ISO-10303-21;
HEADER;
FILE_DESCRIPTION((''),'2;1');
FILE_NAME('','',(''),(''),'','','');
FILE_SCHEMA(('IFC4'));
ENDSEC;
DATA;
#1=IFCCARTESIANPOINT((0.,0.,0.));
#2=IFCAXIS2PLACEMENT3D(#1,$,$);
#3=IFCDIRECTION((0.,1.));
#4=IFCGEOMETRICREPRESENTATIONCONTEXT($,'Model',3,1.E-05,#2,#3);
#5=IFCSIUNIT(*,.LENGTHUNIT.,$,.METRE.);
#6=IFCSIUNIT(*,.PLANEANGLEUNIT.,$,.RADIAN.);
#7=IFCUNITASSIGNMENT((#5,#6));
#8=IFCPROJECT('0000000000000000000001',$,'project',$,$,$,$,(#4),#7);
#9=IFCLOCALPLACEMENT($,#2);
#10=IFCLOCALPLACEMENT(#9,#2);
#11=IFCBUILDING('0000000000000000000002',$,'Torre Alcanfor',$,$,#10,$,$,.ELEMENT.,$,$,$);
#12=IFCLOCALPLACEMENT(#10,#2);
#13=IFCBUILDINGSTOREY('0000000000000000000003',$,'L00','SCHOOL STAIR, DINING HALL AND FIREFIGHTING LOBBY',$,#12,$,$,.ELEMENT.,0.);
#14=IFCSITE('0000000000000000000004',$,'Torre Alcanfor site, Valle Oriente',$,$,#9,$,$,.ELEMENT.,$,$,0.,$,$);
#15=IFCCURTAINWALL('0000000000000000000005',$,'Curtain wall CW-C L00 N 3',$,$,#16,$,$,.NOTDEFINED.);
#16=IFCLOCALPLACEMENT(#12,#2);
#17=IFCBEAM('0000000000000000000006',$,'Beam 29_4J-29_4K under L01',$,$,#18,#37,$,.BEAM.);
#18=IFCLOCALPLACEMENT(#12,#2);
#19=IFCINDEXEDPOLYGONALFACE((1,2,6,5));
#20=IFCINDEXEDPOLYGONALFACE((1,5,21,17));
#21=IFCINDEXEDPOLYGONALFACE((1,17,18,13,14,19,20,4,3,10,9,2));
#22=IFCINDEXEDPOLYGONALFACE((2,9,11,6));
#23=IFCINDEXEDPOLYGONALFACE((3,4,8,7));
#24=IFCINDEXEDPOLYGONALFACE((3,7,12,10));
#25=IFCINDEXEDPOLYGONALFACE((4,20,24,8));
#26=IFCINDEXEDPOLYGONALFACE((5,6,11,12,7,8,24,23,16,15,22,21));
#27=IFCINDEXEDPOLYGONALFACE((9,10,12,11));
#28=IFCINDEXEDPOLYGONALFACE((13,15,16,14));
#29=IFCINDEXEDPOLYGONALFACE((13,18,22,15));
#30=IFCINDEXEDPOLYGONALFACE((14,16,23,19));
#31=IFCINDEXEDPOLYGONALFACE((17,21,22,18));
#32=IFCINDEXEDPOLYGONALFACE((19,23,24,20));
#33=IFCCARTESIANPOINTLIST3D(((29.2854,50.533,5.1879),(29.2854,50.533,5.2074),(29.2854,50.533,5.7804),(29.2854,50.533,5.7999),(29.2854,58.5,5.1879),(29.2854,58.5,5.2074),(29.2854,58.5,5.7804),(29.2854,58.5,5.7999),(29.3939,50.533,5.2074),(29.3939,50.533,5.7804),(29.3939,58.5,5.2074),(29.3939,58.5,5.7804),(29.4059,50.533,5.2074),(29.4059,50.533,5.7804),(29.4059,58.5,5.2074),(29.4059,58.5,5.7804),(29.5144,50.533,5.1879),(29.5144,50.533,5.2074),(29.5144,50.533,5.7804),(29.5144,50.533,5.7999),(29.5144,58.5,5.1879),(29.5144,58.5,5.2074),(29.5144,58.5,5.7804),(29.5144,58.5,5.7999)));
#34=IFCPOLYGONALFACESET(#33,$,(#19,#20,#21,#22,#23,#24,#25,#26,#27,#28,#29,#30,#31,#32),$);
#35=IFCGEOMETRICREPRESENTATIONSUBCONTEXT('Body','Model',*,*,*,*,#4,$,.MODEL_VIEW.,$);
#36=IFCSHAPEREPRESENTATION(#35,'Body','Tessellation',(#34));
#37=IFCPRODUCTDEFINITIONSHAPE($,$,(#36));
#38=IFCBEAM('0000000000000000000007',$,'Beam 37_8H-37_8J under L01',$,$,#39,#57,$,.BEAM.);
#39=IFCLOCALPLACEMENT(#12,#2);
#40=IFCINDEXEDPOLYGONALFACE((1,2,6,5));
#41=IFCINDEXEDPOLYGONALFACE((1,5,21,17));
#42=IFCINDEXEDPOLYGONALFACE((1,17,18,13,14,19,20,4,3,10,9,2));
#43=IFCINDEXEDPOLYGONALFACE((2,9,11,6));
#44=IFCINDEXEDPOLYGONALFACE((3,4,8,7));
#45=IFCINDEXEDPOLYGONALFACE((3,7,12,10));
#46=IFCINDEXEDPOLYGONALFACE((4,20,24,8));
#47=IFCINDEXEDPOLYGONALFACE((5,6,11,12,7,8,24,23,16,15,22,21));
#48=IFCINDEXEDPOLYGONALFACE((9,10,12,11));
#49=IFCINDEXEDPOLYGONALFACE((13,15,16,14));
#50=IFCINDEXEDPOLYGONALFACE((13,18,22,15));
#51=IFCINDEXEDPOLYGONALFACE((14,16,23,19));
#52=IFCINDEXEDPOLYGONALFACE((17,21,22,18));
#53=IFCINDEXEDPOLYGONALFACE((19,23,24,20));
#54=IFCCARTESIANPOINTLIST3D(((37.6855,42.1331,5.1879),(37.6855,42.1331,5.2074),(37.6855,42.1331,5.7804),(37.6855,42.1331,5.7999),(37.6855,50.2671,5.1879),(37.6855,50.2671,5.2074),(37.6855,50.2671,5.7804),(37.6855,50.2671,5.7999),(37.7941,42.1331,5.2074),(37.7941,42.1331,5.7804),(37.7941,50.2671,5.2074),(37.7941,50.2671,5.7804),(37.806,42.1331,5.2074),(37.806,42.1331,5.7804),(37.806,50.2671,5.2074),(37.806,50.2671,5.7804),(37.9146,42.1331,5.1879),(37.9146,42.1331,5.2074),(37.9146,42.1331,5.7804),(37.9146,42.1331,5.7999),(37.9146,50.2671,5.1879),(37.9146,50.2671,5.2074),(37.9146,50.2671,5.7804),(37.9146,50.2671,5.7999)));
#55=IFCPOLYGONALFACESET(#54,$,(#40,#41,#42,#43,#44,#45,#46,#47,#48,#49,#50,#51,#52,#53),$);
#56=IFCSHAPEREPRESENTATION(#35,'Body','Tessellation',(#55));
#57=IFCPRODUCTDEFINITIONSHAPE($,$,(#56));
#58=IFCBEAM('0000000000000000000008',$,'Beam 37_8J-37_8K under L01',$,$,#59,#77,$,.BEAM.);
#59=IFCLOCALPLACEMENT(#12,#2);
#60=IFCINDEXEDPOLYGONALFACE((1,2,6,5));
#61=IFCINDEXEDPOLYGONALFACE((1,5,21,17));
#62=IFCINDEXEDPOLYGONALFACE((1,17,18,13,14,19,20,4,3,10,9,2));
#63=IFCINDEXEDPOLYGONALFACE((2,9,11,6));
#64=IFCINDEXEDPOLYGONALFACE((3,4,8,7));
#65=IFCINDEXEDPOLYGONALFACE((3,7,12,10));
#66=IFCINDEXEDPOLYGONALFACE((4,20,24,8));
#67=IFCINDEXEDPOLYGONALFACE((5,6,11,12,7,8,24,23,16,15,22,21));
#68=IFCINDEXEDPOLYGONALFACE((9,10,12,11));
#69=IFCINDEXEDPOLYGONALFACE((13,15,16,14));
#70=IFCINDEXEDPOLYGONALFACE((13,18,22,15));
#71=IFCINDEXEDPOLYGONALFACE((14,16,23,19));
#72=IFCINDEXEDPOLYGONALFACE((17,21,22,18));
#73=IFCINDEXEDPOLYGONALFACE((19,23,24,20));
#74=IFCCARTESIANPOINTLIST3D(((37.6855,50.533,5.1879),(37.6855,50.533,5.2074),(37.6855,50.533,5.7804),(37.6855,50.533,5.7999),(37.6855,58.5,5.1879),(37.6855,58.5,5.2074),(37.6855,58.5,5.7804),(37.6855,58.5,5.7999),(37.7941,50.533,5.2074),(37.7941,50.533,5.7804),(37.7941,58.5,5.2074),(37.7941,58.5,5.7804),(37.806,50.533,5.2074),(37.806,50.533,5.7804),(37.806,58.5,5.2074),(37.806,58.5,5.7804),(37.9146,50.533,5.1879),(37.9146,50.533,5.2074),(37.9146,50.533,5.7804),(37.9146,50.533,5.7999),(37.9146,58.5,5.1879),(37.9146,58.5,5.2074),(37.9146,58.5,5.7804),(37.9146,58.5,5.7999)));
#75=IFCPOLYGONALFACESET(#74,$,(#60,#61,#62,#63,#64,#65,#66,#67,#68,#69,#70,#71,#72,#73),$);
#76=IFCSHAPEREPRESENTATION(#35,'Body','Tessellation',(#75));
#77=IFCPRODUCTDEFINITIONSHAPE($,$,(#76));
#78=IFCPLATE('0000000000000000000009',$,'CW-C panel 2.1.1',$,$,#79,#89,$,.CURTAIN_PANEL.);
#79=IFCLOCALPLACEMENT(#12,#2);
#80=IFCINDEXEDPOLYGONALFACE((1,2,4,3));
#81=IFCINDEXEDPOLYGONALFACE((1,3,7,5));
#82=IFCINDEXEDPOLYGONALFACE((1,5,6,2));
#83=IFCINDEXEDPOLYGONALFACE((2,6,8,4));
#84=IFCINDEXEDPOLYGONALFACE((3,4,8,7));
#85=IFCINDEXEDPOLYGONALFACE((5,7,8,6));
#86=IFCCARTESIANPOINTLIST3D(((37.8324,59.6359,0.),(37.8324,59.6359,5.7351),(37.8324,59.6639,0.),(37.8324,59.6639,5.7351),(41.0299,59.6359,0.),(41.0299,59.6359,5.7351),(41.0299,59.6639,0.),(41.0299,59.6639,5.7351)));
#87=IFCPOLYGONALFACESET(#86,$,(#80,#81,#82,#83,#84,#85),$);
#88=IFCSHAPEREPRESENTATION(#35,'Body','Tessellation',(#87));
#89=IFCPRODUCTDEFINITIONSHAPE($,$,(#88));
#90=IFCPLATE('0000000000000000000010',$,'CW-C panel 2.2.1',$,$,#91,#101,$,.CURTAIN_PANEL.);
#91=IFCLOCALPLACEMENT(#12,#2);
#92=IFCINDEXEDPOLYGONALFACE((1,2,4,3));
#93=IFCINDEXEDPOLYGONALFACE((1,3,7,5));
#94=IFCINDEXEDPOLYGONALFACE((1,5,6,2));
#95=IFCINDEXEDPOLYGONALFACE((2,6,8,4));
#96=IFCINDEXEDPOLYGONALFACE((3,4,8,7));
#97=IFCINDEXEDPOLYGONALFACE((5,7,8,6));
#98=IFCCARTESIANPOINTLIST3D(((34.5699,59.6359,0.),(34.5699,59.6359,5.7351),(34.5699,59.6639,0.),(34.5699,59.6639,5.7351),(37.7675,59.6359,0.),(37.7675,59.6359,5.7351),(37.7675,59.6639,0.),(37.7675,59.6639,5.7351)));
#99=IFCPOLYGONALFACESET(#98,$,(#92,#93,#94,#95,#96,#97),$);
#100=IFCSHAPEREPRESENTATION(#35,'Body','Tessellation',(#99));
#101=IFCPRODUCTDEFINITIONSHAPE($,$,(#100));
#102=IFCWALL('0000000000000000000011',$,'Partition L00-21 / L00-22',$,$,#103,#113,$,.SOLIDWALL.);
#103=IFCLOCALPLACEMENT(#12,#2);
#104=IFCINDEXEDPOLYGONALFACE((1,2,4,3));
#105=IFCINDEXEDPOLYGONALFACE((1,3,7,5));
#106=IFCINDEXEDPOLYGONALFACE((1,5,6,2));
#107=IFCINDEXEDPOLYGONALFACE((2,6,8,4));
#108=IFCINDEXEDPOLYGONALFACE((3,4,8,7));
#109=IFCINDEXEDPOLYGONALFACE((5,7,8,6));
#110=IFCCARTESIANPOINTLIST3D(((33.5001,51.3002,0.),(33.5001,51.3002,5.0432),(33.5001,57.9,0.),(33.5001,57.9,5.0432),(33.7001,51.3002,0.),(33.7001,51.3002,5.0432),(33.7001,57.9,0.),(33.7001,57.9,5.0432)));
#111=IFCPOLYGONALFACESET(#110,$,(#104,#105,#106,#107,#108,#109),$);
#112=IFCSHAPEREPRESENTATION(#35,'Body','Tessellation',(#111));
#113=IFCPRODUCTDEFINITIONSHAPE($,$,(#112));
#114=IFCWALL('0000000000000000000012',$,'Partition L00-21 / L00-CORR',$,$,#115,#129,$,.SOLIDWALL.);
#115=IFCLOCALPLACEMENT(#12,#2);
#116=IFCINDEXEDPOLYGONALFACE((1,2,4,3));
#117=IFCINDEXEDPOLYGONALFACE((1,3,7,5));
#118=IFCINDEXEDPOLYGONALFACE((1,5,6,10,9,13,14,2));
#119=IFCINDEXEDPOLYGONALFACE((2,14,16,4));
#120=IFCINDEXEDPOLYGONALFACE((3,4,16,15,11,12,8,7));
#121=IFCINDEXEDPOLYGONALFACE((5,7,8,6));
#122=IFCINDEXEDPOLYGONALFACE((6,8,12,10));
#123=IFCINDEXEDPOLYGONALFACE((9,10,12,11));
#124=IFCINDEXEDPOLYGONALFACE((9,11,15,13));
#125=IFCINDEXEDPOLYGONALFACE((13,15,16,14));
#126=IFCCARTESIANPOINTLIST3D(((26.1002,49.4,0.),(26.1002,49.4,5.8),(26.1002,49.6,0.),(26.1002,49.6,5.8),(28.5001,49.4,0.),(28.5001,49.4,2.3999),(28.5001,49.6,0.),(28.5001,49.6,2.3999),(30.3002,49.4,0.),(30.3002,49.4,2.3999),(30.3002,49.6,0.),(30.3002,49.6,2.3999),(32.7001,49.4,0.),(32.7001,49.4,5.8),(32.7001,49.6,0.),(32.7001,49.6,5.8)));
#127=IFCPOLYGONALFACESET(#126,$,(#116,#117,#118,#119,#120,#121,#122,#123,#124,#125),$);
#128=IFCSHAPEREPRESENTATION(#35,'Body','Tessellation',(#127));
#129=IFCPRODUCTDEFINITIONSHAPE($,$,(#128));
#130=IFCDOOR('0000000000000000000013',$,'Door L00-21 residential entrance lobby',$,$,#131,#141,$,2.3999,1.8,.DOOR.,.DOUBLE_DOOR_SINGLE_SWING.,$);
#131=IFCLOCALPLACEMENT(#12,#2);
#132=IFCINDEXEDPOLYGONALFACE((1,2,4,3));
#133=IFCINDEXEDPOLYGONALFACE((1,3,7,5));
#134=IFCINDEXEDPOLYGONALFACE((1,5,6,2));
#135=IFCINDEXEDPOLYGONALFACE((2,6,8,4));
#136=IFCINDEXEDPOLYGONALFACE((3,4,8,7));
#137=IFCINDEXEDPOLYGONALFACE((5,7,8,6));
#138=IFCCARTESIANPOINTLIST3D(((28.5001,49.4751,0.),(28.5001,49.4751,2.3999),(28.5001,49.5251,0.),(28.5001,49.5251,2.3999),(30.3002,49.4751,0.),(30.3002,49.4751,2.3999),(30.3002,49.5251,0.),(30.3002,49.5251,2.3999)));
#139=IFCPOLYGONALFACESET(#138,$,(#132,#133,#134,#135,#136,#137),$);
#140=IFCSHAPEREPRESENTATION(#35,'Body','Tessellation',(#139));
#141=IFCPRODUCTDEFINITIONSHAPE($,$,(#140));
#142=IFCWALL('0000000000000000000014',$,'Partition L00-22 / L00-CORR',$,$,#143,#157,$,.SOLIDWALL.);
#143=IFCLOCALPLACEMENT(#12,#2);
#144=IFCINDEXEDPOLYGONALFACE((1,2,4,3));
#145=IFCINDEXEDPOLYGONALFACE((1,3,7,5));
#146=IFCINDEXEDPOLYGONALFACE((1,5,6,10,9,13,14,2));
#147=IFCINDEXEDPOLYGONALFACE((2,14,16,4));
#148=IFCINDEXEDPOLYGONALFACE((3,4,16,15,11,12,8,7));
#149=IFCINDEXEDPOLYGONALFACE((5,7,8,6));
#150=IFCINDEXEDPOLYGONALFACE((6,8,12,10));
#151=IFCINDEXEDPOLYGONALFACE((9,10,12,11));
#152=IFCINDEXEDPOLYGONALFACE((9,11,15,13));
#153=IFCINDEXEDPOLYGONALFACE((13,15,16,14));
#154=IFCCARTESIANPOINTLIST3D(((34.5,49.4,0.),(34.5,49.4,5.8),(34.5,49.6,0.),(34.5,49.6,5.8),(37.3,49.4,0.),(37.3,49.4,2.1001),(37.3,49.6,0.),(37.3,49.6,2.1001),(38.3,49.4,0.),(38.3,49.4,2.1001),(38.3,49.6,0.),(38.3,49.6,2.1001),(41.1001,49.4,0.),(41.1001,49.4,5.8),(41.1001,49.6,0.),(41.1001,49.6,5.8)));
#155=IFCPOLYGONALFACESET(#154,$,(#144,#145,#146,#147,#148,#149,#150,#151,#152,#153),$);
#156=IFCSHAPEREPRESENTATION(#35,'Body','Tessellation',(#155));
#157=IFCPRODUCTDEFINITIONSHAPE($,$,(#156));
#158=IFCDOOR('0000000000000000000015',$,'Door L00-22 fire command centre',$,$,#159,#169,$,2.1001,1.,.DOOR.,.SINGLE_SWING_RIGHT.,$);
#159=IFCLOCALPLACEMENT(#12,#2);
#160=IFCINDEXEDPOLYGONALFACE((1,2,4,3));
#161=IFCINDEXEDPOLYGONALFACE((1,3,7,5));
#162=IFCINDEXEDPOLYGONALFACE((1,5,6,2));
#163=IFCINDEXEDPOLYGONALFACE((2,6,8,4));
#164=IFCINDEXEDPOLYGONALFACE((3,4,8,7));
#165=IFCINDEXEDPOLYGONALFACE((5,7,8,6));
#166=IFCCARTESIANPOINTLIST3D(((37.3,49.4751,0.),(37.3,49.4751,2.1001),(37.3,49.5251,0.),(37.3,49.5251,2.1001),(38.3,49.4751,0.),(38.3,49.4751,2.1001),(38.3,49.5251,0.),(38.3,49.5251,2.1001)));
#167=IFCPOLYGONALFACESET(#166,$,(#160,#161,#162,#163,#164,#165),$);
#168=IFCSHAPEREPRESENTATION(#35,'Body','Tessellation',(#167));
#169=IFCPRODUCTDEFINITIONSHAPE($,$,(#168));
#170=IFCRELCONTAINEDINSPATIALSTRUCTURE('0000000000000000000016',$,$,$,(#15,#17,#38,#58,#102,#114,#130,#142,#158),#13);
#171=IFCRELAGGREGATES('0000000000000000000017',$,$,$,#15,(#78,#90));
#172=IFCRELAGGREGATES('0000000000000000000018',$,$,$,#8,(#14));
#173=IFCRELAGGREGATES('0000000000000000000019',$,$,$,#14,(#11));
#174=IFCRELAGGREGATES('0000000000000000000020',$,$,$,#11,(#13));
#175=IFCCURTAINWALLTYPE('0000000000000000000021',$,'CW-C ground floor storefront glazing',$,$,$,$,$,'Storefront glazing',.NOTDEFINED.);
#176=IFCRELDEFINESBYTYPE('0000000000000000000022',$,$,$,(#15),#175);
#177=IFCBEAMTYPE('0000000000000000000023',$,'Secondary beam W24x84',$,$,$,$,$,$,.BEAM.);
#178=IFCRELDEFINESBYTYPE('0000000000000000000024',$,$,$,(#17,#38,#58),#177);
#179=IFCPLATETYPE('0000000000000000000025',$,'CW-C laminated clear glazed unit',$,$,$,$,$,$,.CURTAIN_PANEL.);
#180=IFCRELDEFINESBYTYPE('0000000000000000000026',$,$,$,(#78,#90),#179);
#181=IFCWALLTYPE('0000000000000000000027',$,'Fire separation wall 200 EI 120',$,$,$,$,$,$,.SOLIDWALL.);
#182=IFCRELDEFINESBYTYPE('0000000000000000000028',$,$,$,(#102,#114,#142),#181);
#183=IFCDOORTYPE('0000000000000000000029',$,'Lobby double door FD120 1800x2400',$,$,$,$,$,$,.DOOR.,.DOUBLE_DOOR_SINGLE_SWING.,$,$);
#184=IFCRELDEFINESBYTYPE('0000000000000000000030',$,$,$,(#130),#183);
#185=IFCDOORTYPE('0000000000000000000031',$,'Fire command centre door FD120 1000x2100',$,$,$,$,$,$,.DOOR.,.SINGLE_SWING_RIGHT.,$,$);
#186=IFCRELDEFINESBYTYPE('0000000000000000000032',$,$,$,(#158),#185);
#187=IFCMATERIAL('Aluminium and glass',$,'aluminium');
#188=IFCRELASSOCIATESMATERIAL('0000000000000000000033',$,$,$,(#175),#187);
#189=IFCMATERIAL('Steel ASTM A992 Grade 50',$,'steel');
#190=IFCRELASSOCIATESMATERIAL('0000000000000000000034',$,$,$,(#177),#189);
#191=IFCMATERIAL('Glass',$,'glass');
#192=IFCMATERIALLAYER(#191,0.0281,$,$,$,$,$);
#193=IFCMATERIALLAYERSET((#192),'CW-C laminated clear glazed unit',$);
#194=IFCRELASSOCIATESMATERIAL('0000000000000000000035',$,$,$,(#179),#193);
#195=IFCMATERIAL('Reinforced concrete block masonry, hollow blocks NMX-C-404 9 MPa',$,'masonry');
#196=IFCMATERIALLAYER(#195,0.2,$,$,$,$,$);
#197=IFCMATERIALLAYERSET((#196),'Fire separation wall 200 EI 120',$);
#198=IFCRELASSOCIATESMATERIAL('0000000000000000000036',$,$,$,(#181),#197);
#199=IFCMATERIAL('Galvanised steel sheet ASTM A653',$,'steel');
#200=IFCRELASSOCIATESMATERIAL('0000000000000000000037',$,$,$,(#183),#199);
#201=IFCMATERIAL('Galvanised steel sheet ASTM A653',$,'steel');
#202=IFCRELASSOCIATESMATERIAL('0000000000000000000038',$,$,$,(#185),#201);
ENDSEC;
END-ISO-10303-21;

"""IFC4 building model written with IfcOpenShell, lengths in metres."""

from ifc_helpers import new_model, si_unit, direction, frame, frame_2d, origin, origin_2d, place, context, subcontext, project, spatial, rectangle, i_section, extrude, material, layer, layer_set, material_profile, profile_set, type_object, element, fill, aggregate, save


model = new_model("IFC4")

# Units and contexts
model_context = context("Model", 3, precision=1e-05, world=origin(), true_north=direction((0.0, 1.0)))
body_context = subcontext(model_context, "Body", "Model", "MODEL_VIEW")
ifc_project = project(units=[si_unit("LENGTHUNIT", "METRE"), si_unit("PLANEANGLEUNIT", "RADIAN")], contexts=[model_context])

# Site, building, storey
site_placement = place(None, origin())
site = spatial("IfcSite", under=ifc_project, at=site_placement, Name="Torre Alcanfor site, Valle Oriente", CompositionType="ELEMENT", RefElevation=0.0)
building_placement = place(site_placement, origin())
building = spatial("IfcBuilding", under=site, at=building_placement, Name="Torre Alcanfor", CompositionType="ELEMENT")
storey_placement = place(building_placement, origin())
storey = spatial("IfcBuildingStorey", under=building, at=storey_placement, Name="L00", Description="SCHOOL STAIR, DINING HALL AND FIREFIGHTING LOBBY", CompositionType="ELEMENT", Elevation=0.0)

# Curtain wall
ifc_material_1 = material(Name="Aluminium and glass", Category="aluminium")
curtain_wall_type = type_object("IfcCurtainWallType", Name="CW-C ground floor storefront glazing", ElementType="Storefront glazing", PredefinedType="NOTDEFINED", material=ifc_material_1)
curtain_wall_placement = place(storey_placement, origin())
curtain_wall = element("IfcCurtainWall", 1, at=curtain_wall_placement, inside=storey, type_object=curtain_wall_type, Name="Curtain wall CW-C L00 N 3", PredefinedType="NOTDEFINED")

# Beams
ifc_material_2 = material(Name="Steel ASTM A992 Grade 50", Category="steel")
ifc_material_profile_1 = material_profile(ifc_material_2, i_section(OverallWidth=0.229, OverallDepth=0.6121, WebThickness=0.012, FlangeThickness=0.0195, at=origin_2d()), Name="W24x84")
ifc_profile_set_1 = profile_set([ifc_material_profile_1], Name="Steel ASTM A992 Grade 50")
beam_type_1 = type_object("IfcBeamType", Name="Secondary beam W24x84", PredefinedType="BEAM", material=ifc_profile_set_1)
beam_1_placement = place(storey_placement, frame((29.3999, 50.533, 5.4939), z_axis=(0.0, 1.0, 0.0), x_axis=(-1.0, 0.0, 0.0)))
element("IfcBeam", 2, at=beam_1_placement, inside=storey, type_object=beam_type_1, Name="Beam 29_4J-29_4K under L01", PredefinedType="BEAM", context=body_context, shape_type="SweptSolid", body=[
    extrude(i_section(OverallWidth=0.229, OverallDepth=0.6121, WebThickness=0.012, FlangeThickness=0.0195, at=origin_2d()), origin(), (0.0, 0.0, 1.0), 7.967),
])
beam_2_placement = place(storey_placement, frame((37.8, 42.1331, 5.4939), z_axis=(0.0, 1.0, 0.0), x_axis=(-1.0, 0.0, 0.0)))
element("IfcBeam", 3, at=beam_2_placement, inside=storey, type_object=beam_type_1, Name="Beam 37_8H-37_8J under L01", PredefinedType="BEAM", context=body_context, shape_type="SweptSolid", body=[
    extrude(i_section(OverallWidth=0.229, OverallDepth=0.6121, WebThickness=0.012, FlangeThickness=0.0195, at=origin_2d()), origin(), (0.0, 0.0, 1.0), 8.134),
])
beam_3_placement = place(storey_placement, frame((37.8, 50.533, 5.4939), z_axis=(0.0, 1.0, 0.0), x_axis=(-1.0, 0.0, 0.0)))
element("IfcBeam", 4, at=beam_3_placement, inside=storey, type_object=beam_type_1, Name="Beam 37_8J-37_8K under L01", PredefinedType="BEAM", context=body_context, shape_type="SweptSolid", body=[
    extrude(i_section(OverallWidth=0.229, OverallDepth=0.6121, WebThickness=0.012, FlangeThickness=0.0195, at=origin_2d()), origin(), (0.0, 0.0, 1.0), 7.967),
])

# Plates
ifc_material_3 = material(Name="Glass", Category="glass")
ifc_layer_1 = layer(ifc_material_3, 0.0281)
ifc_layer_set_1 = layer_set([ifc_layer_1], Name="CW-C laminated clear glazed unit")
plate_type = type_object("IfcPlateType", Name="CW-C laminated clear glazed unit", PredefinedType="CURTAIN_PANEL", material=ifc_layer_set_1)
plate_1_placement = place(storey_placement, frame((39.4312, 59.6499, 0.0), z_axis=(0.0, 0.0, 1.0), x_axis=(-1.0, 0.0, 0.0)))
plate_1 = element("IfcPlate", 5, at=plate_1_placement, type_object=plate_type, Name="CW-C panel 2.1.1", PredefinedType="CURTAIN_PANEL", context=body_context, shape_type="SweptSolid", body=[
    extrude(rectangle(XDim=3.1975, YDim=0.0281, at=origin_2d()), origin(), (0.0, 0.0, 1.0), 5.7351),
])
plate_2_placement = place(storey_placement, frame((36.1687, 59.6499, 0.0), z_axis=(0.0, 0.0, 1.0), x_axis=(-1.0, 0.0, 0.0)))
plate_2 = element("IfcPlate", 6, at=plate_2_placement, type_object=plate_type, Name="CW-C panel 2.2.1", PredefinedType="CURTAIN_PANEL", context=body_context, shape_type="SweptSolid", body=[
    extrude(rectangle(XDim=3.1975, YDim=0.0281, at=origin_2d()), origin(), (0.0, 0.0, 1.0), 5.7351),
])
aggregate(curtain_wall, [plate_1, plate_2])

# Wall
ifc_material_4 = material(Name="Reinforced concrete block masonry, hollow blocks NMX-C-404 9 MPa", Category="masonry")
ifc_layer_2 = layer(ifc_material_4, 0.2)
ifc_layer_set_2 = layer_set([ifc_layer_2], Name="Fire separation wall 200 EI 120")
wall_type_1 = type_object("IfcWallType", Name="Fire separation wall 200 EI 120", PredefinedType="SOLIDWALL", material=ifc_layer_set_2)
wall_1_placement = place(storey_placement, frame((33.6001, 57.8999, 0.0), z_axis=(0.0, 0.0, 1.0), x_axis=(0.0, -1.0, 0.0)))
element("IfcWall", 7, at=wall_1_placement, inside=storey, type_object=wall_type_1, Name="Partition L00-21 / L00-22", PredefinedType="SOLIDWALL", context=body_context, shape_type="SweptSolid", body=[
    extrude(rectangle(XDim=6.5999, YDim=0.2, at=frame_2d((3.2998, 0.0))), origin(), (0.0, 0.0, 1.0), 5.0432),
])

# Walls, openings, doors
wall_2_placement = place(storey_placement, frame((32.7, 49.5, 0.0), z_axis=(0.0, 0.0, 1.0), x_axis=(-1.0, 0.0, 0.0)))
wall_2 = element("IfcWall", 8, at=wall_2_placement, inside=storey, type_object=wall_type_1, Name="Partition L00-21 / L00-CORR", PredefinedType="SOLIDWALL", context=body_context, shape_type="SweptSolid", body=[
    extrude(rectangle(XDim=6.5999, YDim=0.2, at=frame_2d((3.2998, 0.0))), origin(), (0.0, 0.0, 1.0), 5.8),
])
opening_1_placement = place(wall_2_placement, frame((2.3999, 0.0, 0.0)))
opening_1 = element("IfcOpeningElement", 9, at=opening_1_placement, cuts=wall_2, PredefinedType="OPENING", context=body_context, shape_type="SweptSolid", body=[
    extrude(rectangle(XDim=1.8, YDim=2.3999, at=frame_2d((0.8999, 1.2))), frame((0.0, 0.1099, 0.0), z_axis=(0.0, -1.0, 0.0), x_axis=(1.0, 0.0, 0.0)), (0.0, 0.0, 1.0), 0.22),
])
ifc_material_5 = material(Name="Galvanised steel sheet ASTM A653", Category="steel")
door_type_1 = type_object("IfcDoorType", Name="Lobby double door FD120 1800x2400", OperationType="DOUBLE_DOOR_SINGLE_SWING", PredefinedType="DOOR", material=ifc_material_5)
door_1_placement = place(opening_1_placement, frame((1.8, 0.0, 0.0), z_axis=(0.0, 0.0, 1.0), x_axis=(-1.0, 0.0, 0.0)))
door_1 = element("IfcDoor", 10, at=door_1_placement, inside=storey, type_object=door_type_1, Name="Door L00-21 residential entrance lobby", OperationType="DOUBLE_DOOR_SINGLE_SWING", OverallHeight=2.3999, OverallWidth=1.8, PredefinedType="DOOR", context=body_context, shape_type="SweptSolid", body=[
    extrude(rectangle(XDim=1.8, YDim=2.3999, at=frame_2d((0.9001, 1.2))), frame((0.0, 0.0251, 0.0), z_axis=(0.0, -1.0, 0.0), x_axis=(1.0, 0.0, 0.0)), (0.0, 0.0, 1.0), 0.05),
])
fill(opening_1, door_1)
wall_3_placement = place(storey_placement, frame((41.1001, 49.5, 0.0), z_axis=(0.0, 0.0, 1.0), x_axis=(-1.0, 0.0, 0.0)))
wall_3 = element("IfcWall", 11, at=wall_3_placement, inside=storey, type_object=wall_type_1, Name="Partition L00-22 / L00-CORR", PredefinedType="SOLIDWALL", context=body_context, shape_type="SweptSolid", body=[
    extrude(rectangle(XDim=6.6001, YDim=0.2, at=frame_2d((3.3, 0.0))), origin(), (0.0, 0.0, 1.0), 5.8),
])
opening_2_placement = place(wall_3_placement, frame((2.8, 0.0, 0.0)))
opening_2 = element("IfcOpeningElement", 12, at=opening_2_placement, cuts=wall_3, PredefinedType="OPENING", context=body_context, shape_type="SweptSolid", body=[
    extrude(rectangle(XDim=1.0, YDim=2.1001, at=frame_2d((0.5, 1.05))), frame((0.0, 0.1099, 0.0), z_axis=(0.0, -1.0, 0.0), x_axis=(1.0, 0.0, 0.0)), (0.0, 0.0, 1.0), 0.22),
])
ifc_material_6 = material(Name="Galvanised steel sheet ASTM A653", Category="steel")
door_type_2 = type_object("IfcDoorType", Name="Fire command centre door FD120 1000x2100", OperationType="SINGLE_SWING_RIGHT", PredefinedType="DOOR", material=ifc_material_6)
door_2_placement = place(opening_2_placement, frame((1.0, 0.0, 0.0), z_axis=(0.0, 0.0, 1.0), x_axis=(-1.0, 0.0, 0.0)))
door_2 = element("IfcDoor", 13, at=door_2_placement, inside=storey, type_object=door_type_2, Name="Door L00-22 fire command centre", OperationType="SINGLE_SWING_RIGHT", OverallHeight=2.1001, OverallWidth=1.0, PredefinedType="DOOR", context=body_context, shape_type="SweptSolid", body=[
    extrude(rectangle(XDim=1.0, YDim=2.1001, at=frame_2d((0.5, 1.05))), frame((0.0, 0.0251, 0.0), z_axis=(0.0, -1.0, 0.0), x_axis=(1.0, 0.0, 0.0)), (0.0, 0.0, 1.0), 0.05),
])
fill(opening_2, door_2)

save(model, "model.ifc")
